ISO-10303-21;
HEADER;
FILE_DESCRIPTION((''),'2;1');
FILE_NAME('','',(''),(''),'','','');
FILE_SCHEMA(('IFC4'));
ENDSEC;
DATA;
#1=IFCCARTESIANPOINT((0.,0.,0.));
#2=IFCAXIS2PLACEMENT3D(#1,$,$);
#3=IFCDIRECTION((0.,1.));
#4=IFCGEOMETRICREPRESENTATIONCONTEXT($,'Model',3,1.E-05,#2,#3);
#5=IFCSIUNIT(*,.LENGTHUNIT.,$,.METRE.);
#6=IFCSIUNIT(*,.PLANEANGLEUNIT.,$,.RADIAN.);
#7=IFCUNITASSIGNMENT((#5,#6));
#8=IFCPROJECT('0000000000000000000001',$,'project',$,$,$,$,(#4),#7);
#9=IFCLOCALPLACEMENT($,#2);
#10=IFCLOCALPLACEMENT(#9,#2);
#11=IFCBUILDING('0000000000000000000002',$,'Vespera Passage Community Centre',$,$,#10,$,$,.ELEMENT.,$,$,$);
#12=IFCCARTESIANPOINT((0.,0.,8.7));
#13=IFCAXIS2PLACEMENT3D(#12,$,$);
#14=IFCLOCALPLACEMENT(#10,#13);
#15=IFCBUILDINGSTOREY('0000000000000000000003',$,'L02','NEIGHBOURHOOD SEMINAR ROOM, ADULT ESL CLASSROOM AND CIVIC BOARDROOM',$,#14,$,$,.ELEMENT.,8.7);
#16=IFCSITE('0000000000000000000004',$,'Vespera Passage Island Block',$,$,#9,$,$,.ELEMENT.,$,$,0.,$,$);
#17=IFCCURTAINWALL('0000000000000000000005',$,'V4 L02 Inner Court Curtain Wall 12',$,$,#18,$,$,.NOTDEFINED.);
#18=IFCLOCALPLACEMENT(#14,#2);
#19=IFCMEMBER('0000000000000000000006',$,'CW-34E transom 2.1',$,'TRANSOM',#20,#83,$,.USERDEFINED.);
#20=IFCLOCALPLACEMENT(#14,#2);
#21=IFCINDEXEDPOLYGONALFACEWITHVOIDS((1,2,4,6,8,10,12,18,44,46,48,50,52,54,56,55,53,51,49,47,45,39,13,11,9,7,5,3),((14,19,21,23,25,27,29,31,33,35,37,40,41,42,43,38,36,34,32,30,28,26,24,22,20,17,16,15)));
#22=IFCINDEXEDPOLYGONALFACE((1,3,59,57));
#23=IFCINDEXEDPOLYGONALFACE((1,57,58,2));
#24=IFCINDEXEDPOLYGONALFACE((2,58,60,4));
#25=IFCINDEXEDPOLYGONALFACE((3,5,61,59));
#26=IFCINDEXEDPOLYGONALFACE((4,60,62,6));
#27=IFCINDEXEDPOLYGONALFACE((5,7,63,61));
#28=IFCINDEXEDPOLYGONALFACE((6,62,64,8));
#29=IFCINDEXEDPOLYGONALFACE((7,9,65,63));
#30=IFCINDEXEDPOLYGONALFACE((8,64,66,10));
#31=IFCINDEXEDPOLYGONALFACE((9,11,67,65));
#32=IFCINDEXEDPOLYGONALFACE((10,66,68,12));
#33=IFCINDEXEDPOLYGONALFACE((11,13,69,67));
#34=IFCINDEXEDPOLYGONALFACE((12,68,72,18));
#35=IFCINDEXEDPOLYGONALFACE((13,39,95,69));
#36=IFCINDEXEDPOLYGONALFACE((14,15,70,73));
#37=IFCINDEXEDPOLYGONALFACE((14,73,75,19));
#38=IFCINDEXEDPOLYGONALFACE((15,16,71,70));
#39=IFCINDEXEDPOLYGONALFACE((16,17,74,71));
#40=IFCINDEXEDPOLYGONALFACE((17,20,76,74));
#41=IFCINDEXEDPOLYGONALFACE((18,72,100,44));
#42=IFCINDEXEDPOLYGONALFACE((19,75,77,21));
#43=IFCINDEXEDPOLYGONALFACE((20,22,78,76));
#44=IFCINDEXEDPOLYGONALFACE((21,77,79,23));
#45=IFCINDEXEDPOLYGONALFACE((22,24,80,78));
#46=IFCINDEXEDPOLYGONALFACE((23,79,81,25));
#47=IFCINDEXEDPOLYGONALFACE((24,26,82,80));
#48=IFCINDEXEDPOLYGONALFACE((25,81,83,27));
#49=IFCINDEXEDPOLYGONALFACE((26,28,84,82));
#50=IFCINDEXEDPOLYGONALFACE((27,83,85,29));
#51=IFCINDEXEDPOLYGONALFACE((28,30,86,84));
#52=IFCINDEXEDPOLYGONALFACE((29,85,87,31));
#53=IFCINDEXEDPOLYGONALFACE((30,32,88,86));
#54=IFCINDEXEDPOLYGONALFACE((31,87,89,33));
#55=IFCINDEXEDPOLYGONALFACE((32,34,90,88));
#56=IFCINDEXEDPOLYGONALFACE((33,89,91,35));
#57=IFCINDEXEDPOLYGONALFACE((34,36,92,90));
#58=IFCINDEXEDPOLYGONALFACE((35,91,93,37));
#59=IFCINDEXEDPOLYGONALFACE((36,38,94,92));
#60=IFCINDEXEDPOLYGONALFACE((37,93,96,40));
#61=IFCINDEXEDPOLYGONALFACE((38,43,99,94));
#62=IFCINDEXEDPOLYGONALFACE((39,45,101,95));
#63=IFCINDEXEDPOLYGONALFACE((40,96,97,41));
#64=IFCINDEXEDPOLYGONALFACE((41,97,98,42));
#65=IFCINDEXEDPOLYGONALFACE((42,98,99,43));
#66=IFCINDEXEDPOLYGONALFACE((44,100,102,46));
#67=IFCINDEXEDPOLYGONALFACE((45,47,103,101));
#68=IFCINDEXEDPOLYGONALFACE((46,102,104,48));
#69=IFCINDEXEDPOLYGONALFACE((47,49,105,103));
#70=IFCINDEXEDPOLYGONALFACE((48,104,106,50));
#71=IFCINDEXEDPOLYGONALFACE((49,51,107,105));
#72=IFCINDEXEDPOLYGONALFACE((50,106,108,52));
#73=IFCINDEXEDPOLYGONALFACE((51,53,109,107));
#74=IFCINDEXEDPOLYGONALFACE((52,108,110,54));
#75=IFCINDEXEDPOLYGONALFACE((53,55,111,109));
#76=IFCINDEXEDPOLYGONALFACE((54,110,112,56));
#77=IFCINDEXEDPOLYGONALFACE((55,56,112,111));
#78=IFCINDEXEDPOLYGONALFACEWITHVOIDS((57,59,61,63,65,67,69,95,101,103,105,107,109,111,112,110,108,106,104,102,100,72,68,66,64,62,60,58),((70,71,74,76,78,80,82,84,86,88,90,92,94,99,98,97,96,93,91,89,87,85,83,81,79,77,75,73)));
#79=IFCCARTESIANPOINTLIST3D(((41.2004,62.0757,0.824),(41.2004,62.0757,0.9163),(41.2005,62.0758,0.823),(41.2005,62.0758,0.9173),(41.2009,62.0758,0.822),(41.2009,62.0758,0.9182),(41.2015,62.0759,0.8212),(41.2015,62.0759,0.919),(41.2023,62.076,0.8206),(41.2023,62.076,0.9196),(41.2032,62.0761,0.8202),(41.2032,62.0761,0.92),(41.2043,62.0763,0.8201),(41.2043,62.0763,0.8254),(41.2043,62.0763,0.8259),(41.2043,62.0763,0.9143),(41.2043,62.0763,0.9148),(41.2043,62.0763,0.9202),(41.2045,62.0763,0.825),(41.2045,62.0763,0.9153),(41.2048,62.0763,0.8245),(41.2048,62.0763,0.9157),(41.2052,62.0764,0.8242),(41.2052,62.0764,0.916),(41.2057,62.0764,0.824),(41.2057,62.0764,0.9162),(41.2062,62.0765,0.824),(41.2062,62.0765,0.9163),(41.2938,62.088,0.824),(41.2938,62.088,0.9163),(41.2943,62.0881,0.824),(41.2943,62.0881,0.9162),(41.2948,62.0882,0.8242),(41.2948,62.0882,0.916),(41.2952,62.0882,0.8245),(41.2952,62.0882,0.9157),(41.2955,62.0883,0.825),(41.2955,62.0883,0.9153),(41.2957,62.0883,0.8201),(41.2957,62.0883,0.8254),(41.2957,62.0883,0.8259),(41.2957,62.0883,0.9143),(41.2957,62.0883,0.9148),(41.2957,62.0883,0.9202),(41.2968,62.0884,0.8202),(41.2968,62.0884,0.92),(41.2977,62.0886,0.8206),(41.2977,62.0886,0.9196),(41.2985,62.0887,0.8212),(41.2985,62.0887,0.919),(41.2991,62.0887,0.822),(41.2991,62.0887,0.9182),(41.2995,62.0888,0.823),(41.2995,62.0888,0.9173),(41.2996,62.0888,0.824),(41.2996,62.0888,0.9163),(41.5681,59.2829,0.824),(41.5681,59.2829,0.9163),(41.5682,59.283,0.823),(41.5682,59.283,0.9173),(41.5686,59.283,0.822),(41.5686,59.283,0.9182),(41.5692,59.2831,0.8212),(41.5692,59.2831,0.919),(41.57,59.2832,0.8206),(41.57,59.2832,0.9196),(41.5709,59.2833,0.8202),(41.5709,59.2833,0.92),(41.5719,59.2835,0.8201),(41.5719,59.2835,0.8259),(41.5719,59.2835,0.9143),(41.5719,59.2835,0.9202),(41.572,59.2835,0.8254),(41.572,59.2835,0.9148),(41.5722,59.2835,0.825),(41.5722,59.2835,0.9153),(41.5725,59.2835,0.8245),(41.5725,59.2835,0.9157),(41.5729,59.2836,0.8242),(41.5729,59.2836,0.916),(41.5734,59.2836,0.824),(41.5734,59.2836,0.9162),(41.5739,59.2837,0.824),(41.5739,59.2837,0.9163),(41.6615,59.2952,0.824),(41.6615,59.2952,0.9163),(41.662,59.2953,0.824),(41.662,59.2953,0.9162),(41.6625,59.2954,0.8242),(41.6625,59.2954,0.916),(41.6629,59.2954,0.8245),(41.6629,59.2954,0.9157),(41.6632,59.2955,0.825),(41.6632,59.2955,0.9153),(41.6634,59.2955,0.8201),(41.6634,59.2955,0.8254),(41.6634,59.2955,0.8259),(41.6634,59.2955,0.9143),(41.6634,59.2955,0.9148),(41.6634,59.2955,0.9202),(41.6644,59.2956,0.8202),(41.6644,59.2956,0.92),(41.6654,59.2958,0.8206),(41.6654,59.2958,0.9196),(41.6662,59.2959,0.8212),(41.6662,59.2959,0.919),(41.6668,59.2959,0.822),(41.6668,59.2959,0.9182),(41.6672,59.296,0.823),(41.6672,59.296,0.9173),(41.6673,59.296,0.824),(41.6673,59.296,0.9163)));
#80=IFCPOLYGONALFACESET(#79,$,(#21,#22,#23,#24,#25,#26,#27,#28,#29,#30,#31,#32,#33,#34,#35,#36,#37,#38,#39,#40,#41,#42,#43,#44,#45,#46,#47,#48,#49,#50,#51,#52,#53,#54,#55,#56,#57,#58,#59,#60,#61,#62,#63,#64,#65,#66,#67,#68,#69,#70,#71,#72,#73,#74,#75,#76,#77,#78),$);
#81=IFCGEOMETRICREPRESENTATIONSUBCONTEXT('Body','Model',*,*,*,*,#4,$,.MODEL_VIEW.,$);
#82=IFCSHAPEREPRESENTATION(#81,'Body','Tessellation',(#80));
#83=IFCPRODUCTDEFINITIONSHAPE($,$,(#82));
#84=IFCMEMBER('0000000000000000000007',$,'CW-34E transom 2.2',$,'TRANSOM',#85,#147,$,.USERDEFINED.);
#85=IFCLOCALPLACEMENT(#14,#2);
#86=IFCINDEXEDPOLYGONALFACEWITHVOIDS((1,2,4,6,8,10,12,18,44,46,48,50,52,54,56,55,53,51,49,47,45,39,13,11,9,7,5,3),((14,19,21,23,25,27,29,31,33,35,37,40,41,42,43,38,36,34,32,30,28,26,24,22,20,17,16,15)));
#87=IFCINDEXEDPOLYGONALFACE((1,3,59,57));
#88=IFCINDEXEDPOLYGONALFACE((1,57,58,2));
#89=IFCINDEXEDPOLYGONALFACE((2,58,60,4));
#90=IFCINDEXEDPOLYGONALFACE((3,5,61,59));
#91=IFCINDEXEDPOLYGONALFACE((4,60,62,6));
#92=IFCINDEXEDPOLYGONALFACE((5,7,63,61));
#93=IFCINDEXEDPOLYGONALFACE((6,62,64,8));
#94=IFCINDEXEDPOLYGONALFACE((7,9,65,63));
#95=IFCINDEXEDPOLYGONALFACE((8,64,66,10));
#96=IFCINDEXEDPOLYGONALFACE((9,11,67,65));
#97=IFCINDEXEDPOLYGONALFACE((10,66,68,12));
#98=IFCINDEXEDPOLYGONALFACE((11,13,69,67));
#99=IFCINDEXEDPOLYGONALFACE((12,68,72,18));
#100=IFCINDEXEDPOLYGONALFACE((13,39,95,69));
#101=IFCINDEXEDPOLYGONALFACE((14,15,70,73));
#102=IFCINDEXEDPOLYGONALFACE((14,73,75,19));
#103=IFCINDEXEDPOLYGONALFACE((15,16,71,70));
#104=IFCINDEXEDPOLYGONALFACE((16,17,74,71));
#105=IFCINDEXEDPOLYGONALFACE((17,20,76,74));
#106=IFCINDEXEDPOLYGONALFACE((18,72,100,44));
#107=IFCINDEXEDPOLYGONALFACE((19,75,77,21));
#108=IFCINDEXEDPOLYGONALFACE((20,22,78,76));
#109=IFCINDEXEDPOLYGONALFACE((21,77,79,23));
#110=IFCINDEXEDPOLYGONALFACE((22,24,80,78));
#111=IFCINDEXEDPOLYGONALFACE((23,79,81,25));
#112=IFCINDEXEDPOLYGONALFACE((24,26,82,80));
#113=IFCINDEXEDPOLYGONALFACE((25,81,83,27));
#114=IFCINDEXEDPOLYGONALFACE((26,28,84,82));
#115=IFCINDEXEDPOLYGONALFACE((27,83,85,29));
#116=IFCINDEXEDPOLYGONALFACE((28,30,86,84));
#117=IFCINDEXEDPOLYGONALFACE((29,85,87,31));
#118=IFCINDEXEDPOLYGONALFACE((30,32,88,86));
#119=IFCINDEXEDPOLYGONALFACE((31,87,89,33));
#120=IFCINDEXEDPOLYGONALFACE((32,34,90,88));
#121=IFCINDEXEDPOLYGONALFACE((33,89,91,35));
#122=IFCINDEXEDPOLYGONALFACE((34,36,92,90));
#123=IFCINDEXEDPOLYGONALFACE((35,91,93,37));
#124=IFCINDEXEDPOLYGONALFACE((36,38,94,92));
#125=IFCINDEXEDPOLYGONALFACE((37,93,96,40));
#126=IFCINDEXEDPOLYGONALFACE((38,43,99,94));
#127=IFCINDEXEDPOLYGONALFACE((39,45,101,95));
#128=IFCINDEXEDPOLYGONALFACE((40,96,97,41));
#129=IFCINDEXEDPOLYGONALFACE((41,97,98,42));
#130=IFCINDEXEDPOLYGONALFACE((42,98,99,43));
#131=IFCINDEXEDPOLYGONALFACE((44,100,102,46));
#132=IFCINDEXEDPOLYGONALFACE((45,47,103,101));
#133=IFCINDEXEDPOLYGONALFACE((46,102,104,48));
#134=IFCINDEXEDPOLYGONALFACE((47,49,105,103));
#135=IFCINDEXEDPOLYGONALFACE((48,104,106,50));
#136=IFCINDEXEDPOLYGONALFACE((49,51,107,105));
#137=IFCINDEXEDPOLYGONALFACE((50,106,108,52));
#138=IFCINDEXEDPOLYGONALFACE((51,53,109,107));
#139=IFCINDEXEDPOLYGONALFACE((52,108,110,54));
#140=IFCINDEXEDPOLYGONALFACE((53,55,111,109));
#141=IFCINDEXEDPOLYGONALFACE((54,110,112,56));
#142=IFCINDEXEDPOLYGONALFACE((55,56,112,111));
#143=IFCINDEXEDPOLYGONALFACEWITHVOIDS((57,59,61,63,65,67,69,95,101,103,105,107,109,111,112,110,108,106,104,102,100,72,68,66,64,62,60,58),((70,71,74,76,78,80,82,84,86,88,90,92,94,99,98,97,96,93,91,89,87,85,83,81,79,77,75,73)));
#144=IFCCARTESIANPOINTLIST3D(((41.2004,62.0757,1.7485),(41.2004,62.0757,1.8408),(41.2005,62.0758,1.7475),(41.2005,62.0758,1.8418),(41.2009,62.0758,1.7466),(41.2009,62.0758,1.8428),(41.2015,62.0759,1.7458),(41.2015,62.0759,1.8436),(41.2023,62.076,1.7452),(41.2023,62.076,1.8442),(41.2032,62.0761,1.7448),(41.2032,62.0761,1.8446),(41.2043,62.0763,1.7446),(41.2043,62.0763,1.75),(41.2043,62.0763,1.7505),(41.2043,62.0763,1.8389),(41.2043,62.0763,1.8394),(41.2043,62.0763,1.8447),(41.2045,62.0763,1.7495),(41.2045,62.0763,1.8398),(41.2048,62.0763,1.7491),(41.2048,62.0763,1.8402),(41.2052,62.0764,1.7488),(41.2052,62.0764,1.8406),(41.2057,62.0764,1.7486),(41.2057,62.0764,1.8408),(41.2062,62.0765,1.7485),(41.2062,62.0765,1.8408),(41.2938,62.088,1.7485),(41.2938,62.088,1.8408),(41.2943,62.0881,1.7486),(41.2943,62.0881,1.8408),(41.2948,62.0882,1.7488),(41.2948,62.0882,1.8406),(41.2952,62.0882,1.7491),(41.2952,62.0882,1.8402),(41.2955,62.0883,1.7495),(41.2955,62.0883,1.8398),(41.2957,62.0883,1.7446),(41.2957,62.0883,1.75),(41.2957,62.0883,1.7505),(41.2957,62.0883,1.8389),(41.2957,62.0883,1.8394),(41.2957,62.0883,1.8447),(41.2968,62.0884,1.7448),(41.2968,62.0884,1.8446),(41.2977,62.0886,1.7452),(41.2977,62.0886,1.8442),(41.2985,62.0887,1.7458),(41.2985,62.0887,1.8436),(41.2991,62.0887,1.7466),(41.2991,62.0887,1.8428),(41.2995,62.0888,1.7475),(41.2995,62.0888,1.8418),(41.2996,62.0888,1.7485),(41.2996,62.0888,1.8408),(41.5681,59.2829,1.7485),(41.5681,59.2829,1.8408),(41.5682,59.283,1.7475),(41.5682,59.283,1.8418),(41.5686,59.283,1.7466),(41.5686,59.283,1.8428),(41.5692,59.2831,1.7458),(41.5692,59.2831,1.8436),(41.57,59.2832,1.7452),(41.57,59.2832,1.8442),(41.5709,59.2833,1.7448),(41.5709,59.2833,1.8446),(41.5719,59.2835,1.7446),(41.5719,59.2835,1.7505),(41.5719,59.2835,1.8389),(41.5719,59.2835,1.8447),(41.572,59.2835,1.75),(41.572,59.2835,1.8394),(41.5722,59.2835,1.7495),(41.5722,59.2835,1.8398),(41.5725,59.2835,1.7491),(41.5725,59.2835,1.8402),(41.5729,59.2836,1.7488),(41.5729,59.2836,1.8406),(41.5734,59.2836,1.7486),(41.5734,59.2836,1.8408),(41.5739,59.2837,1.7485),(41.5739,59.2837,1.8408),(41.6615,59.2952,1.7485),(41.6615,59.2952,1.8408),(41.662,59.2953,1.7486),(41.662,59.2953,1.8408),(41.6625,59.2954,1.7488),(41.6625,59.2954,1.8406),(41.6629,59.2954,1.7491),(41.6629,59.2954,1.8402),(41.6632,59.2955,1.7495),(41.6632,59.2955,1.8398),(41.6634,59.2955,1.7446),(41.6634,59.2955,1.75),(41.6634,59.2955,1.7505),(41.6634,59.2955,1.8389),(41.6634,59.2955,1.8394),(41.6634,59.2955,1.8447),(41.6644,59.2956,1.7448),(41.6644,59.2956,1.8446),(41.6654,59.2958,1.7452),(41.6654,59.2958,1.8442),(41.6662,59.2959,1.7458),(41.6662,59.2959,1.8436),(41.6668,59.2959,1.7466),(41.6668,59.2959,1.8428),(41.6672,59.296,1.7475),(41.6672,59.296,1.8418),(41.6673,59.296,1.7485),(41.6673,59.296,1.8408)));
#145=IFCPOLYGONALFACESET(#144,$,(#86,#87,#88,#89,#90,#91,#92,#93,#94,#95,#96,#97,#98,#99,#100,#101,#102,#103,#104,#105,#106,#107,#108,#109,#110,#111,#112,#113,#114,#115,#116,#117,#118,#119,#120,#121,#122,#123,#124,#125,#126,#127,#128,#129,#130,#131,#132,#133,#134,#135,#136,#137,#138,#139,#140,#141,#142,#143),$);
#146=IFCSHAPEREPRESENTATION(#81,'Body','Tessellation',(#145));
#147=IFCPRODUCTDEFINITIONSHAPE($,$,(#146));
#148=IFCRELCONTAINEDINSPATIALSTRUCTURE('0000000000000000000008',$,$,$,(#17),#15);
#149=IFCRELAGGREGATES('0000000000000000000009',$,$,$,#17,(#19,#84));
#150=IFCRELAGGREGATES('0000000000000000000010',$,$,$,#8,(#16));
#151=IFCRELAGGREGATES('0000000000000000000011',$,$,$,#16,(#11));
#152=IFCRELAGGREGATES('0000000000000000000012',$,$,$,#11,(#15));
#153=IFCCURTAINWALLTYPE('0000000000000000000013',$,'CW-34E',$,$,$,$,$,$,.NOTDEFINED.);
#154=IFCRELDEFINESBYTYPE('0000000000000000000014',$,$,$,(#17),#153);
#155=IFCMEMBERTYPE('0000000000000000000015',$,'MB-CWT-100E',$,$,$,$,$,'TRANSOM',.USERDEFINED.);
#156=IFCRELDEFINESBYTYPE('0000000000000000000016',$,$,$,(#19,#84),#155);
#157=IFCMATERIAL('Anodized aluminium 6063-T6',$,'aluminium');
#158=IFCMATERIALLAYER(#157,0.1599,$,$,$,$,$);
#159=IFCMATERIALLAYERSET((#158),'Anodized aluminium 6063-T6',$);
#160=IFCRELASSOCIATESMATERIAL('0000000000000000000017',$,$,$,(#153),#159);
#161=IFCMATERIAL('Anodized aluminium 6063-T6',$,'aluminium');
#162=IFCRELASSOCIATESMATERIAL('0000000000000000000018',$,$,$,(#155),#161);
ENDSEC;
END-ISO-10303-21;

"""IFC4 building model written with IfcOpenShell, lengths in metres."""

from ifc_helpers import new_model, si_unit, direction, frame, origin, origin_2d, place, context, subcontext, project, spatial, hollow_rectangle, extrude, material, layer, layer_set, material_profile, profile_set, type_object, element, aggregate, save


model = new_model("IFC4")

# Units and contexts
model_context = context("Model", 3, precision=1e-05, world=origin(), true_north=direction((0.0, 1.0)))
body_context = subcontext(model_context, "Body", "Model", "MODEL_VIEW")
ifc_project = project(units=[si_unit("LENGTHUNIT", "METRE"), si_unit("PLANEANGLEUNIT", "RADIAN")], contexts=[model_context])

# Site, building, storey
site_placement = place(None, origin())
site = spatial("IfcSite", under=ifc_project, at=site_placement, Name="Vespera Passage Island Block", CompositionType="ELEMENT", RefElevation=0.0)
building_placement = place(site_placement, origin())
building = spatial("IfcBuilding", under=site, at=building_placement, Name="Vespera Passage Community Centre", CompositionType="ELEMENT")
storey_placement = place(building_placement, frame((0.0, 0.0, 8.7)))
storey = spatial("IfcBuildingStorey", under=building, at=storey_placement, Name="L02", Description="NEIGHBOURHOOD SEMINAR ROOM, ADULT ESL CLASSROOM AND CIVIC BOARDROOM", CompositionType="ELEMENT", Elevation=8.7)

# Curtain wall
ifc_material_1 = material(Name="Anodized aluminium 6063-T6", Category="aluminium")
ifc_layer_1 = layer(ifc_material_1, 0.1599)
ifc_layer_set_1 = layer_set([ifc_layer_1], Name="Anodized aluminium 6063-T6")
curtain_wall_type_1 = type_object("IfcCurtainWallType", Name="CW-34E", PredefinedType="NOTDEFINED", material=ifc_layer_set_1)
curtain_wall_1_placement = place(storey_placement, origin())
curtain_wall_1 = element("IfcCurtainWall", 1, at=curtain_wall_1_placement, inside=storey, type_object=curtain_wall_type_1, Name="V4 L02 Inner Court Curtain Wall 12", PredefinedType="NOTDEFINED")
ifc_material_2 = material(Name="Anodized aluminium 6063-T6", Category="aluminium")
ifc_material_profile_1 = material_profile(ifc_material_2, hollow_rectangle(XDim=0.1001, YDim=0.1001, WallThickness=0.0039, InnerFilletRadius=0.002, OuterFilletRadius=0.0039, at=origin_2d()), Name="ALU100X100X4")
ifc_profile_set_1 = profile_set([ifc_material_profile_1], Name="Anodized aluminium 6063-T6")
member_type_1 = type_object("IfcMemberType", Name="MB-CWT-100E", ElementType="TRANSOM", PredefinedType="USERDEFINED", material=ifc_profile_set_1)

# Members
member_1_placement = place(storey_placement, frame((41.25, 62.0823, 0.8701), z_axis=(0.130528, -0.991445, 0.0), x_axis=(0.991445, 0.130528, 0.0)))
member_1 = element("IfcMember", 2, at=member_1_placement, type_object=member_type_1, Name="CW-34E transom 2.1", ObjectType="TRANSOM", PredefinedType="USERDEFINED", context=body_context, shape_type="SweptSolid", body=[
    extrude(hollow_rectangle(XDim=0.1001, YDim=0.1001, WallThickness=0.0039, InnerFilletRadius=0.002, OuterFilletRadius=0.0039, at=origin_2d()), origin(), (0.0, 0.0, 1.0), 2.8169),
])
member_2_placement = place(storey_placement, frame((41.25, 62.0823, 1.7947), z_axis=(0.130528, -0.991445, 0.0), x_axis=(0.991445, 0.130528, 0.0)))
member_2 = element("IfcMember", 3, at=member_2_placement, type_object=member_type_1, Name="CW-34E transom 2.2", ObjectType="TRANSOM", PredefinedType="USERDEFINED", context=body_context, shape_type="SweptSolid", body=[
    extrude(hollow_rectangle(XDim=0.1001, YDim=0.1001, WallThickness=0.0039, InnerFilletRadius=0.002, OuterFilletRadius=0.0039, at=origin_2d()), origin(), (0.0, 0.0, 1.0), 2.8169),
])

aggregate(curtain_wall_1, [member_1, member_2])

save(model, "model.ifc")
